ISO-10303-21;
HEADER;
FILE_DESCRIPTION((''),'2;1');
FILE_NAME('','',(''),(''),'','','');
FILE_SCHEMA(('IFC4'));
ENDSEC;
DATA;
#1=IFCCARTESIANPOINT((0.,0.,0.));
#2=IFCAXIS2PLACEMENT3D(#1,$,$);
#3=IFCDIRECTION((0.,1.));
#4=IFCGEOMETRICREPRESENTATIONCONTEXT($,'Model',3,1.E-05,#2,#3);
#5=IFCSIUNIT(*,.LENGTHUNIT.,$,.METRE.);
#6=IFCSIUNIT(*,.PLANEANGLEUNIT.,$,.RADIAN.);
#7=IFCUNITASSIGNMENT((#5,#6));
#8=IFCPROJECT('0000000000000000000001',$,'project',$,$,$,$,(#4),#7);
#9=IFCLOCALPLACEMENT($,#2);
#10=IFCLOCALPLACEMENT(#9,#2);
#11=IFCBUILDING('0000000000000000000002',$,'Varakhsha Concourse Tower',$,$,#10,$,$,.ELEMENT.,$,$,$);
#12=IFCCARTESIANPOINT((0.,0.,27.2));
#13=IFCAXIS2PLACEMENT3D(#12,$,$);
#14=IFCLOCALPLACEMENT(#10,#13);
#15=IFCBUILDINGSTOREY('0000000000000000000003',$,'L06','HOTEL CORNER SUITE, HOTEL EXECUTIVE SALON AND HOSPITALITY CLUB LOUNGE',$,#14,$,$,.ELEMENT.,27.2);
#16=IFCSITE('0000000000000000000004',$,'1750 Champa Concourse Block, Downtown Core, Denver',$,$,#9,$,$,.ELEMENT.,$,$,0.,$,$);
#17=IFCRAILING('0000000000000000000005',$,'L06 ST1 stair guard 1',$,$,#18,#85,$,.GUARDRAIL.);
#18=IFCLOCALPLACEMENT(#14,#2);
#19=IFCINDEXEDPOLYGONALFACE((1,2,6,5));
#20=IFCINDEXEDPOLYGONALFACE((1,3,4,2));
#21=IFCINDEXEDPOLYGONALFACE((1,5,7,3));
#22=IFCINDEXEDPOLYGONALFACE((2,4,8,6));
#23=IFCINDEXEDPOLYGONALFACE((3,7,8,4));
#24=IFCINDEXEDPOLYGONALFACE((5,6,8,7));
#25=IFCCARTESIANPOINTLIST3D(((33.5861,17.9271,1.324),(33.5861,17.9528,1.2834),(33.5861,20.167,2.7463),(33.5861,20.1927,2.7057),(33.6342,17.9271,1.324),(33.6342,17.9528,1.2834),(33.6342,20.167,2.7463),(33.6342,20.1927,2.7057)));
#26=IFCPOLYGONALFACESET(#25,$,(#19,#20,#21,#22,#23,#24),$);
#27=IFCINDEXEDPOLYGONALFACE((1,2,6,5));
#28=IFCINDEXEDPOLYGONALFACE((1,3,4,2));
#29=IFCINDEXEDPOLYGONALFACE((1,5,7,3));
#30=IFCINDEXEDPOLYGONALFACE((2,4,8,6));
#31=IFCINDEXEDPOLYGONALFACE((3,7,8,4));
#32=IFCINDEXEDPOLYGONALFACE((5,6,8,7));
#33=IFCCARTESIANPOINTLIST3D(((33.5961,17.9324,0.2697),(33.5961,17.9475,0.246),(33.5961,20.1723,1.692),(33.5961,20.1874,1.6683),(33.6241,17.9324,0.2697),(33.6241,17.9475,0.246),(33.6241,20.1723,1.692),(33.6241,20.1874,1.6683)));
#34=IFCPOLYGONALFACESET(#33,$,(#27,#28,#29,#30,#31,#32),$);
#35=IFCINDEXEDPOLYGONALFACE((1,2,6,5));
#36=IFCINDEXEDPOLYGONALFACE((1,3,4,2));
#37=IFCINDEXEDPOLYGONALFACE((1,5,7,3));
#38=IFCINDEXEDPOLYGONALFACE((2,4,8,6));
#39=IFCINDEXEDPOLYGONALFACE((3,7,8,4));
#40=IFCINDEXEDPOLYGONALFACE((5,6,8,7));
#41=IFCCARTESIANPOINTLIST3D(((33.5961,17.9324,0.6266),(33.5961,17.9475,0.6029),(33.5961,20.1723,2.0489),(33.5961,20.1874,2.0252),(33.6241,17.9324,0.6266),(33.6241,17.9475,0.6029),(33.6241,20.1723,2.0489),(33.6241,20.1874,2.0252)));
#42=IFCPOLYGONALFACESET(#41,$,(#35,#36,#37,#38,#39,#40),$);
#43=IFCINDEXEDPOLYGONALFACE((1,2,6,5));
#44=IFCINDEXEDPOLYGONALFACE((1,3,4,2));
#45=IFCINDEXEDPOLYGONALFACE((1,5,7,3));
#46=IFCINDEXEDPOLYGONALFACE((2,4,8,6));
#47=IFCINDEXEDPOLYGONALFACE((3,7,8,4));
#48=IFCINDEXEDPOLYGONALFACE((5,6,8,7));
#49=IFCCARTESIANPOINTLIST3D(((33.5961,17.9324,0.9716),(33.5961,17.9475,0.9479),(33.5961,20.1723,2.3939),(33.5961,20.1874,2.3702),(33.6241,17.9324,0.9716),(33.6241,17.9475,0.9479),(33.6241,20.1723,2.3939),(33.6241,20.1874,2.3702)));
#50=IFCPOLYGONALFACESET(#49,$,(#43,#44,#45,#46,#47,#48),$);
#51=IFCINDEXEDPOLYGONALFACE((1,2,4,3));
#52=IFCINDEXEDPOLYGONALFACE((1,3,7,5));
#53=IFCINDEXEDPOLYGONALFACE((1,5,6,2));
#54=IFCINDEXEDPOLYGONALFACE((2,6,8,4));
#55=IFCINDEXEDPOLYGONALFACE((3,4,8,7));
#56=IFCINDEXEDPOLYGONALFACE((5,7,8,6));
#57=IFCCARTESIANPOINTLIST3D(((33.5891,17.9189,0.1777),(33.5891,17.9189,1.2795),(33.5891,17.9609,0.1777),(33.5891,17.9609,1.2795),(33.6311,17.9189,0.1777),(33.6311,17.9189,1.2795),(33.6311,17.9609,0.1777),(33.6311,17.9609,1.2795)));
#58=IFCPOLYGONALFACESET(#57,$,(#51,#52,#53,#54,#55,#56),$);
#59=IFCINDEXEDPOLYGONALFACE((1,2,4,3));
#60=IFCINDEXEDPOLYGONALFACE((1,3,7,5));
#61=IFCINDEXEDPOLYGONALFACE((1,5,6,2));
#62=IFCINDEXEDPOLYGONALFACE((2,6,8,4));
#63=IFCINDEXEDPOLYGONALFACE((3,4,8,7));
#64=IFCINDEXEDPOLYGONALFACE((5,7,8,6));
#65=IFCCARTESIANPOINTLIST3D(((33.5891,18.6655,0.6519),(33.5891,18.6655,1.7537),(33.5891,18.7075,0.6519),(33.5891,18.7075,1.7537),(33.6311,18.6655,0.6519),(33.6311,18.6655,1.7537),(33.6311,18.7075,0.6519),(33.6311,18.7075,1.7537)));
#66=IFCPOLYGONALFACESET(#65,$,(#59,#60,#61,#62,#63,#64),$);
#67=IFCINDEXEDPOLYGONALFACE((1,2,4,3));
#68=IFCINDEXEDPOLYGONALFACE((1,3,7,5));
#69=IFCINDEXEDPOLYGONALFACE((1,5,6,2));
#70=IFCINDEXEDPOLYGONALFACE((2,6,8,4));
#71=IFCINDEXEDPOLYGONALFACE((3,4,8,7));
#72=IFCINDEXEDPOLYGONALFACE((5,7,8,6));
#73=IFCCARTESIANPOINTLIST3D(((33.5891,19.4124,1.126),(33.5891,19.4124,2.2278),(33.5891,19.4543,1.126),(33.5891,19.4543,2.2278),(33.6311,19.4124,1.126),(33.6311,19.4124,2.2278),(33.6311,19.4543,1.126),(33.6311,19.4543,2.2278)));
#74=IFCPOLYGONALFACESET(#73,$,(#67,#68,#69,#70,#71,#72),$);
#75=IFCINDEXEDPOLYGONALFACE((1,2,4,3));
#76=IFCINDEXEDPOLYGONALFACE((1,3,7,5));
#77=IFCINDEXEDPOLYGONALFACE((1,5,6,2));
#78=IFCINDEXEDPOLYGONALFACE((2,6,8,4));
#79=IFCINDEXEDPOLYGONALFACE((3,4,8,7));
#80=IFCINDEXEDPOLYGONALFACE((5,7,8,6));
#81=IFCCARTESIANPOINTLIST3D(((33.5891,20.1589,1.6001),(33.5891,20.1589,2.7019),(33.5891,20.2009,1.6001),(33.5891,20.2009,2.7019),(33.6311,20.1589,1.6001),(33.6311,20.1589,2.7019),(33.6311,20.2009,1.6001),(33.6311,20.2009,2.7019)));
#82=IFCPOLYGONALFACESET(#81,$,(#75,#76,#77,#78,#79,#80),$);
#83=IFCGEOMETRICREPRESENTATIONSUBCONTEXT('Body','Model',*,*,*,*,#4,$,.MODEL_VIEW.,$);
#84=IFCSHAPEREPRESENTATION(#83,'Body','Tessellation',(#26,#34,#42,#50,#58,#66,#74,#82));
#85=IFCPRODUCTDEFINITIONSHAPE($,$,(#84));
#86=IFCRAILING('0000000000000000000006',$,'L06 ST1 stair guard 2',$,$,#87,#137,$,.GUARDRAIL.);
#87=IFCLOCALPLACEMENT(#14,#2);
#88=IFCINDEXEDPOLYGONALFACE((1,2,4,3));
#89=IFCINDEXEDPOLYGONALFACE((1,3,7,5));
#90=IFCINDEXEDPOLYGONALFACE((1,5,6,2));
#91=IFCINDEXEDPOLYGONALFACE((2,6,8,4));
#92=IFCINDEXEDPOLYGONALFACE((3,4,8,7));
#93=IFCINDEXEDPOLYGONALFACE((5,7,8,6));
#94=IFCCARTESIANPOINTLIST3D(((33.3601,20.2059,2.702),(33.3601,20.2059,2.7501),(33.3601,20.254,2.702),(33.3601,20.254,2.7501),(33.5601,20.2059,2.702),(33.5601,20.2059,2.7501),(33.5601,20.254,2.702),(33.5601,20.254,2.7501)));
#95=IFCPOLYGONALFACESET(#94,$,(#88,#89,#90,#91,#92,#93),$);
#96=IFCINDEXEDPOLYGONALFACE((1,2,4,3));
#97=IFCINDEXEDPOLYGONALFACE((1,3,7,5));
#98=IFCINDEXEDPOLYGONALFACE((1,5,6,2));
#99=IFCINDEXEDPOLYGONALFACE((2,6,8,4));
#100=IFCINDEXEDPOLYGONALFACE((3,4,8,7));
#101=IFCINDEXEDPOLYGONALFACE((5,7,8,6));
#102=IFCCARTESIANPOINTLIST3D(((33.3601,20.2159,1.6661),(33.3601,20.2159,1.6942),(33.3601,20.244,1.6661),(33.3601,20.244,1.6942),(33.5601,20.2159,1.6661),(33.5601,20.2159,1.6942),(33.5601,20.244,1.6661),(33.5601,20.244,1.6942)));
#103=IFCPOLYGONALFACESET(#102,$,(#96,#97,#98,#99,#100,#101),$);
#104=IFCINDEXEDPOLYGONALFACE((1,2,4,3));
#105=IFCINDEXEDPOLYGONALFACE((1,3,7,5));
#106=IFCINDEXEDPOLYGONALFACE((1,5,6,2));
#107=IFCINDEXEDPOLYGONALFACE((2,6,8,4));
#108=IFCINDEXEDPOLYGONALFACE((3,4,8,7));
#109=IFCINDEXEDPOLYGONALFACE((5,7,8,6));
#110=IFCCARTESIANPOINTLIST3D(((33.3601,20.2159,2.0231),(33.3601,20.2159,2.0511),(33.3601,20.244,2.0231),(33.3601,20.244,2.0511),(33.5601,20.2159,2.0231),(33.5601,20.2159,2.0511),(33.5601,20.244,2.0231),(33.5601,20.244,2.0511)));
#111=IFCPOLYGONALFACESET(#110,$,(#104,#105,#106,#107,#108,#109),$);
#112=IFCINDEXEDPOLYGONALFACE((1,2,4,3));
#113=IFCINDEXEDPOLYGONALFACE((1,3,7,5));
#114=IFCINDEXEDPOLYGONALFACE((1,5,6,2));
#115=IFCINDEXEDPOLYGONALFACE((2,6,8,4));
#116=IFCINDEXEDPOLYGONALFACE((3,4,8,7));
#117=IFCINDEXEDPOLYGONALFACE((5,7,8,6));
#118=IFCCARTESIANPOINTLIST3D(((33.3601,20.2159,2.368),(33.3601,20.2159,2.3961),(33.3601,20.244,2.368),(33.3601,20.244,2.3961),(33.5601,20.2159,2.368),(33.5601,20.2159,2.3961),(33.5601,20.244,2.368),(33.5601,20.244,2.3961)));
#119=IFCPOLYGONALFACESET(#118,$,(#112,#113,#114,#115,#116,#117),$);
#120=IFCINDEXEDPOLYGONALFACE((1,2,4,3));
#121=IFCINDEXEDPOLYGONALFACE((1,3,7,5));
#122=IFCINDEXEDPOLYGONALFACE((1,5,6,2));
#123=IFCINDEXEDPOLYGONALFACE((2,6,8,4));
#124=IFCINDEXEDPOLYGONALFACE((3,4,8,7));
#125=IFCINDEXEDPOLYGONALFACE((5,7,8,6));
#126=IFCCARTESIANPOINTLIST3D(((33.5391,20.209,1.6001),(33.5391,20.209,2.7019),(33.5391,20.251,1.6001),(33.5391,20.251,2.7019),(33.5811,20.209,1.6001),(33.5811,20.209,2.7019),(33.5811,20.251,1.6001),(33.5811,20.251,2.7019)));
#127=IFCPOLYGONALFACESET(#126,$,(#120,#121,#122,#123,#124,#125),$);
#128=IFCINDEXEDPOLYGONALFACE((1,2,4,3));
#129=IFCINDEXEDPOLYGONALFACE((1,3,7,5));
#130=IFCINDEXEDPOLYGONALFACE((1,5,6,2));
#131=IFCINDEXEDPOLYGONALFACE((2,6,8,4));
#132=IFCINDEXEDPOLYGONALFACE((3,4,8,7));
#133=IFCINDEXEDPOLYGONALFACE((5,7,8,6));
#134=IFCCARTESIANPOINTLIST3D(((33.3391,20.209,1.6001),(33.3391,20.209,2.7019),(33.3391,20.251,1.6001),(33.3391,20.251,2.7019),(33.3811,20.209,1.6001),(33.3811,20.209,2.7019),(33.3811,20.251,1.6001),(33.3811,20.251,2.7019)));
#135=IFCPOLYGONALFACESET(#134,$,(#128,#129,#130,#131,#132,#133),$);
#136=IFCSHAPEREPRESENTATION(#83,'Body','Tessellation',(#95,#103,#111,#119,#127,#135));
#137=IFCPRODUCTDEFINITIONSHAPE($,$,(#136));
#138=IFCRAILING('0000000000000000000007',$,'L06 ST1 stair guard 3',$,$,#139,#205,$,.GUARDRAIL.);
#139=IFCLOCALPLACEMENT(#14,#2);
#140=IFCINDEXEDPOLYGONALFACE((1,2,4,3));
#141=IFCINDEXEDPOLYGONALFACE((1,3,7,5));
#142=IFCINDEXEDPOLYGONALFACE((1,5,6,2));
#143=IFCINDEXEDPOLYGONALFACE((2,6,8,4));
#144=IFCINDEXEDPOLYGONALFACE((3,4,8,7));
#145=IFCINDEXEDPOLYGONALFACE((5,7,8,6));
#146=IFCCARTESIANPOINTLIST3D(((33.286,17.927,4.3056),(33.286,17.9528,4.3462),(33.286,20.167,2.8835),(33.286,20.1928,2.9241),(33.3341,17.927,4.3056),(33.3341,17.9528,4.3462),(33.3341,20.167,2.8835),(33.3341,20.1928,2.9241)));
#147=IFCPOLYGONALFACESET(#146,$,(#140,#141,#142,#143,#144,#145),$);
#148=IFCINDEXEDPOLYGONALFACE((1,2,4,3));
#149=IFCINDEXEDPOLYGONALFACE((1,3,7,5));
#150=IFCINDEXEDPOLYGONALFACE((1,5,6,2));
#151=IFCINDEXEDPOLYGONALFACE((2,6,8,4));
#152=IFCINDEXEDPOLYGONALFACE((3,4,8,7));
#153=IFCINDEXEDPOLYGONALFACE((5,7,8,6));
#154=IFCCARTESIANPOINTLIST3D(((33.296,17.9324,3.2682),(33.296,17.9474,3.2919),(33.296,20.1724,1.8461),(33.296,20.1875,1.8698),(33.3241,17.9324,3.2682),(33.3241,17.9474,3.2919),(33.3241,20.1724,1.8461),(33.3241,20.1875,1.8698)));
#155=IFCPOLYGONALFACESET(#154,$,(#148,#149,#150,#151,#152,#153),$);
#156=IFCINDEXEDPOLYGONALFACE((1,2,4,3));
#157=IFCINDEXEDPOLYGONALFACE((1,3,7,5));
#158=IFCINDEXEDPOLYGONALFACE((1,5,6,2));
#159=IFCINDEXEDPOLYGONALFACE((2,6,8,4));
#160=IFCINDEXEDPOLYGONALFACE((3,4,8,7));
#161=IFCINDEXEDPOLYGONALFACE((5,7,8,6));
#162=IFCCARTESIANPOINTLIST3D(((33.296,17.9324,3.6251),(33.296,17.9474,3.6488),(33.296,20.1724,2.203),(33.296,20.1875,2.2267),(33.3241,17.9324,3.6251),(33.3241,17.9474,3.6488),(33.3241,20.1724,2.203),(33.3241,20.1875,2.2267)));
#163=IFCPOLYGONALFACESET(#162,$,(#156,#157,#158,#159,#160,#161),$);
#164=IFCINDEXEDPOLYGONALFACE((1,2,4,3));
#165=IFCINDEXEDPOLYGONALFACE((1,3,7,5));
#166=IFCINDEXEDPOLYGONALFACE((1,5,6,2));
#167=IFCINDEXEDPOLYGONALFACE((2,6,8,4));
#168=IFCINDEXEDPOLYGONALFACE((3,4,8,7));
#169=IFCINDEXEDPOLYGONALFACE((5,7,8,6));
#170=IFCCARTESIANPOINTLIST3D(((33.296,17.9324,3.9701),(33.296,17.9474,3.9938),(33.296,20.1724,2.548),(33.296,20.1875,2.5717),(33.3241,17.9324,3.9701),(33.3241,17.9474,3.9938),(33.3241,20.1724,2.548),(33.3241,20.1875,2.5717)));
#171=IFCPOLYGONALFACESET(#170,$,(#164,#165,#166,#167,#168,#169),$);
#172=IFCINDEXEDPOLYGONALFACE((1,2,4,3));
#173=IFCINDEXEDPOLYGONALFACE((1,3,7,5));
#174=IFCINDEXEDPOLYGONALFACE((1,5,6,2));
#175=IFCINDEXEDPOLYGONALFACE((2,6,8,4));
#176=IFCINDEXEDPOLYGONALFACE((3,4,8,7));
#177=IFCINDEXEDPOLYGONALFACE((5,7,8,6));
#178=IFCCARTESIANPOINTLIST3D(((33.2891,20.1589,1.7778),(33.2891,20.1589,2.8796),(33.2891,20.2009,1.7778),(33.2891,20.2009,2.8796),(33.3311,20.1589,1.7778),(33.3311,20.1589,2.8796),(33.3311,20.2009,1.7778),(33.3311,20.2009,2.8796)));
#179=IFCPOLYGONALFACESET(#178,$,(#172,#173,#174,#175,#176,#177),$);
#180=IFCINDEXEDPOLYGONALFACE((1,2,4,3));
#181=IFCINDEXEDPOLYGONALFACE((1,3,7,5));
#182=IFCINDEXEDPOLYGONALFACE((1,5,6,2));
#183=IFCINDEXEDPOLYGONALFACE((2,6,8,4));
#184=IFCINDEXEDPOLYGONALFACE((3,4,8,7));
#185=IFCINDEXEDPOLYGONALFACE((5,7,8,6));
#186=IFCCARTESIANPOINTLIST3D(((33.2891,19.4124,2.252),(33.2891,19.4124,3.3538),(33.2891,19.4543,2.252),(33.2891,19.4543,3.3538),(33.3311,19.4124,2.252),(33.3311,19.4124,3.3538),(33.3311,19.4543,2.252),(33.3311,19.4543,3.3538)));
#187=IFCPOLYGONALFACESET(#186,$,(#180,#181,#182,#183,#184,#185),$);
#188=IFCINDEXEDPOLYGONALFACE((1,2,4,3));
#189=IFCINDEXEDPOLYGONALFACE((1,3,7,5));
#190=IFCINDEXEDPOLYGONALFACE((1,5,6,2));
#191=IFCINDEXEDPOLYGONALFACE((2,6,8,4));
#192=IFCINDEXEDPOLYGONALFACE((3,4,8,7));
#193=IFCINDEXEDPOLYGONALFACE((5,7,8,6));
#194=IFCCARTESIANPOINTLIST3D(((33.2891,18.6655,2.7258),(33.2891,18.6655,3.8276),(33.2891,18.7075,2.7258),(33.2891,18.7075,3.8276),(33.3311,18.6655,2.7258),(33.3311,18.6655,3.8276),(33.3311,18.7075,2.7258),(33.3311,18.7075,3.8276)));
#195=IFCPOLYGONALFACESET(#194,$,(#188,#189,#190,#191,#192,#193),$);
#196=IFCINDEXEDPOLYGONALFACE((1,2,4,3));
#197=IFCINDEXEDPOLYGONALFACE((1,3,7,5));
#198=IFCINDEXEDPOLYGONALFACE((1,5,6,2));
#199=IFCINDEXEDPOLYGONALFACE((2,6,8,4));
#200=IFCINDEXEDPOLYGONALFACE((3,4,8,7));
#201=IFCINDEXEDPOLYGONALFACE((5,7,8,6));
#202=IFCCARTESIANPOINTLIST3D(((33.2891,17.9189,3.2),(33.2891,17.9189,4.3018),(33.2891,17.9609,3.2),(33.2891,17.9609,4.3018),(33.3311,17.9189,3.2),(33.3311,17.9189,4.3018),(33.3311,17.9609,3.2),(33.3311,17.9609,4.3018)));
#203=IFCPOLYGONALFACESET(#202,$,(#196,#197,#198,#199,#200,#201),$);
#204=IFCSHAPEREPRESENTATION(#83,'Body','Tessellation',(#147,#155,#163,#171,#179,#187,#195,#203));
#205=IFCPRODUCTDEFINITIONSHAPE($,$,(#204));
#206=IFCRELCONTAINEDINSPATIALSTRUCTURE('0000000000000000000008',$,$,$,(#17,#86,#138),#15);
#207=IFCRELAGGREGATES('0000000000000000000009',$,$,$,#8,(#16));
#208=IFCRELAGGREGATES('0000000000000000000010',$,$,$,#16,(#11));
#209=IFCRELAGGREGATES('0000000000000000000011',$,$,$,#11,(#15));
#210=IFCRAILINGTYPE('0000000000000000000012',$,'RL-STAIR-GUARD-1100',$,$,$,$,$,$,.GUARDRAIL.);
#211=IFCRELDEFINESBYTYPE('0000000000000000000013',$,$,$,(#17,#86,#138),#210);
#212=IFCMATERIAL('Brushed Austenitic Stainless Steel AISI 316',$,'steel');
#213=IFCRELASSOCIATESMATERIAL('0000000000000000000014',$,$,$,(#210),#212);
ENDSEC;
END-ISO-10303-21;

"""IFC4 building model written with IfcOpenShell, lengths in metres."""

from ifc_helpers import new_model, si_unit, direction, frame, origin, origin_2d, place, context, subcontext, project, spatial, rectangle, extrude, material, type_object, element, save


model = new_model("IFC4")

# Units and contexts
model_context = context("Model", 3, precision=1e-05, world=origin(), true_north=direction((0.0, 1.0)))
body_context = subcontext(model_context, "Body", "Model", "MODEL_VIEW")
ifc_project = project(units=[si_unit("LENGTHUNIT", "METRE"), si_unit("PLANEANGLEUNIT", "RADIAN")], contexts=[model_context])

# Site, building, storey
site_placement = place(None, origin())
site = spatial("IfcSite", under=ifc_project, at=site_placement, Name="1750 Champa Concourse Block, Downtown Core, Denver", CompositionType="ELEMENT", RefElevation=0.0)
building_placement = place(site_placement, origin())
building = spatial("IfcBuilding", under=site, at=building_placement, Name="Varakhsha Concourse Tower", CompositionType="ELEMENT")
storey_placement = place(building_placement, frame((0.0, 0.0, 27.2)))
storey = spatial("IfcBuildingStorey", under=building, at=storey_placement, Name="L06", Description="HOTEL CORNER SUITE, HOTEL EXECUTIVE SALON AND HOSPITALITY CLUB LOUNGE", CompositionType="ELEMENT", Elevation=27.2)

# Shared definitions
ifc_material_1 = material(Name="Brushed Austenitic Stainless Steel AISI 316", Category="steel")

# Railings
railing_type_1 = type_object("IfcRailingType", Name="RL-STAIR-GUARD-1100", PredefinedType="GUARDRAIL", material=ifc_material_1)
railing_1_placement = place(storey_placement, frame((33.6101, 17.9399, 0.1777)))
element("IfcRailing", 1, at=railing_1_placement, inside=storey, type_object=railing_type_1, Name="L06 ST1 stair guard 1", PredefinedType="GUARDRAIL", context=body_context, shape_type="SweptSolid", body=[
    extrude(rectangle(XDim=0.0481, YDim=0.0481, at=origin_2d()), frame((0.0, 0.0, 1.126), z_axis=(0.0, 0.844188, 0.536048), x_axis=(-1.0, 0.0, 0.0)), (0.0, 0.0, 1.0), 2.6533),
    extrude(rectangle(XDim=0.0281, YDim=0.0281, at=origin_2d()), frame((0.0, 0.0, 0.0801), z_axis=(0.0, 0.844188, 0.536048), x_axis=(-1.0, 0.0, 0.0)), (0.0, 0.0, 1.0), 2.6533),
    extrude(rectangle(XDim=0.0281, YDim=0.0281, at=origin_2d()), frame((0.0, 0.0, 0.437), z_axis=(0.0, 0.844188, 0.536048), x_axis=(-1.0, 0.0, 0.0)), (0.0, 0.0, 1.0), 2.6533),
    extrude(rectangle(XDim=0.0281, YDim=0.0281, at=origin_2d()), frame((0.0, 0.0, 0.782), z_axis=(0.0, 0.844188, 0.536048), x_axis=(-1.0, 0.0, 0.0)), (0.0, 0.0, 1.0), 2.6533),
    extrude(rectangle(XDim=0.042, YDim=0.042, at=origin_2d()), origin(), (0.0, 0.0, 1.0), 1.1018),
    extrude(rectangle(XDim=0.042, YDim=0.042, at=origin_2d()), frame((0.0, 0.7466, 0.4741)), (0.0, 0.0, 1.0), 1.1018),
    extrude(rectangle(XDim=0.042, YDim=0.042, at=origin_2d()), frame((0.0, 1.4934, 0.9482)), (0.0, 0.0, 1.0), 1.1018),
    extrude(rectangle(XDim=0.042, YDim=0.042, at=origin_2d()), frame((0.0, 2.24, 1.4224)), (0.0, 0.0, 1.0), 1.1018),
])
railing_2_placement = place(storey_placement, frame((33.5601, 20.23, 1.6001)))
element("IfcRailing", 2, at=railing_2_placement, inside=storey, type_object=railing_type_1, Name="L06 ST1 stair guard 2", PredefinedType="GUARDRAIL", context=body_context, shape_type="SweptSolid", body=[
    extrude(rectangle(XDim=0.0481, YDim=0.0481, at=origin_2d()), frame((0.0, 0.0, 1.126), z_axis=(-1.0, 0.0, 0.0), x_axis=(0.0, -1.0, 0.0)), (0.0, 0.0, 1.0), 0.2),
    extrude(rectangle(XDim=0.0281, YDim=0.0281, at=origin_2d()), frame((0.0, 0.0, 0.0801), z_axis=(-1.0, 0.0, 0.0), x_axis=(0.0, -1.0, 0.0)), (0.0, 0.0, 1.0), 0.2),
    extrude(rectangle(XDim=0.0281, YDim=0.0281, at=origin_2d()), frame((0.0, 0.0, 0.437), z_axis=(-1.0, 0.0, 0.0), x_axis=(0.0, -1.0, 0.0)), (0.0, 0.0, 1.0), 0.2),
    extrude(rectangle(XDim=0.0281, YDim=0.0281, at=origin_2d()), frame((0.0, 0.0, 0.782), z_axis=(-1.0, 0.0, 0.0), x_axis=(0.0, -1.0, 0.0)), (0.0, 0.0, 1.0), 0.2),
    extrude(rectangle(XDim=0.042, YDim=0.042, at=origin_2d()), origin(), (0.0, 0.0, 1.0), 1.1018),
    extrude(rectangle(XDim=0.042, YDim=0.042, at=origin_2d()), frame((-0.2, 0.0, 0.0)), (0.0, 0.0, 1.0), 1.1018),
])
railing_3_placement = place(storey_placement, frame((33.3101, 20.1799, 1.7778)))
element("IfcRailing", 3, at=railing_3_placement, inside=storey, type_object=railing_type_1, Name="L06 ST1 stair guard 3", PredefinedType="GUARDRAIL", context=body_context, shape_type="SweptSolid", body=[
    extrude(rectangle(XDim=0.0481, YDim=0.0481, at=origin_2d()), frame((0.0, 0.0, 1.126), z_axis=(0.0, -0.844229, 0.535982), x_axis=(1.0, 0.0, 0.0)), (0.0, 0.0, 1.0), 2.6533),
    extrude(rectangle(XDim=0.0281, YDim=0.0281, at=origin_2d()), frame((0.0, 0.0, 0.0801), z_axis=(0.0, -0.844229, 0.535982), x_axis=(1.0, 0.0, 0.0)), (0.0, 0.0, 1.0), 2.6533),
    extrude(rectangle(XDim=0.0281, YDim=0.0281, at=origin_2d()), frame((0.0, 0.0, 0.437), z_axis=(0.0, -0.844229, 0.535982), x_axis=(1.0, 0.0, 0.0)), (0.0, 0.0, 1.0), 2.6533),
    extrude(rectangle(XDim=0.0281, YDim=0.0281, at=origin_2d()), frame((0.0, 0.0, 0.782), z_axis=(0.0, -0.844229, 0.535982), x_axis=(1.0, 0.0, 0.0)), (0.0, 0.0, 1.0), 2.6533),
    extrude(rectangle(XDim=0.042, YDim=0.042, at=origin_2d()), origin(), (0.0, 0.0, 1.0), 1.1018),
    extrude(rectangle(XDim=0.042, YDim=0.042, at=origin_2d()), frame((0.0, -0.7466, 0.4741)), (0.0, 0.0, 1.0), 1.1018),
    extrude(rectangle(XDim=0.042, YDim=0.042, at=origin_2d()), frame((0.0, -1.4934, 0.948)), (0.0, 0.0, 1.0), 1.1018),
    extrude(rectangle(XDim=0.042, YDim=0.042, at=origin_2d()), frame((0.0, -2.24, 1.4221)), (0.0, 0.0, 1.0), 1.1018),
])

save(model, "model.ifc")
